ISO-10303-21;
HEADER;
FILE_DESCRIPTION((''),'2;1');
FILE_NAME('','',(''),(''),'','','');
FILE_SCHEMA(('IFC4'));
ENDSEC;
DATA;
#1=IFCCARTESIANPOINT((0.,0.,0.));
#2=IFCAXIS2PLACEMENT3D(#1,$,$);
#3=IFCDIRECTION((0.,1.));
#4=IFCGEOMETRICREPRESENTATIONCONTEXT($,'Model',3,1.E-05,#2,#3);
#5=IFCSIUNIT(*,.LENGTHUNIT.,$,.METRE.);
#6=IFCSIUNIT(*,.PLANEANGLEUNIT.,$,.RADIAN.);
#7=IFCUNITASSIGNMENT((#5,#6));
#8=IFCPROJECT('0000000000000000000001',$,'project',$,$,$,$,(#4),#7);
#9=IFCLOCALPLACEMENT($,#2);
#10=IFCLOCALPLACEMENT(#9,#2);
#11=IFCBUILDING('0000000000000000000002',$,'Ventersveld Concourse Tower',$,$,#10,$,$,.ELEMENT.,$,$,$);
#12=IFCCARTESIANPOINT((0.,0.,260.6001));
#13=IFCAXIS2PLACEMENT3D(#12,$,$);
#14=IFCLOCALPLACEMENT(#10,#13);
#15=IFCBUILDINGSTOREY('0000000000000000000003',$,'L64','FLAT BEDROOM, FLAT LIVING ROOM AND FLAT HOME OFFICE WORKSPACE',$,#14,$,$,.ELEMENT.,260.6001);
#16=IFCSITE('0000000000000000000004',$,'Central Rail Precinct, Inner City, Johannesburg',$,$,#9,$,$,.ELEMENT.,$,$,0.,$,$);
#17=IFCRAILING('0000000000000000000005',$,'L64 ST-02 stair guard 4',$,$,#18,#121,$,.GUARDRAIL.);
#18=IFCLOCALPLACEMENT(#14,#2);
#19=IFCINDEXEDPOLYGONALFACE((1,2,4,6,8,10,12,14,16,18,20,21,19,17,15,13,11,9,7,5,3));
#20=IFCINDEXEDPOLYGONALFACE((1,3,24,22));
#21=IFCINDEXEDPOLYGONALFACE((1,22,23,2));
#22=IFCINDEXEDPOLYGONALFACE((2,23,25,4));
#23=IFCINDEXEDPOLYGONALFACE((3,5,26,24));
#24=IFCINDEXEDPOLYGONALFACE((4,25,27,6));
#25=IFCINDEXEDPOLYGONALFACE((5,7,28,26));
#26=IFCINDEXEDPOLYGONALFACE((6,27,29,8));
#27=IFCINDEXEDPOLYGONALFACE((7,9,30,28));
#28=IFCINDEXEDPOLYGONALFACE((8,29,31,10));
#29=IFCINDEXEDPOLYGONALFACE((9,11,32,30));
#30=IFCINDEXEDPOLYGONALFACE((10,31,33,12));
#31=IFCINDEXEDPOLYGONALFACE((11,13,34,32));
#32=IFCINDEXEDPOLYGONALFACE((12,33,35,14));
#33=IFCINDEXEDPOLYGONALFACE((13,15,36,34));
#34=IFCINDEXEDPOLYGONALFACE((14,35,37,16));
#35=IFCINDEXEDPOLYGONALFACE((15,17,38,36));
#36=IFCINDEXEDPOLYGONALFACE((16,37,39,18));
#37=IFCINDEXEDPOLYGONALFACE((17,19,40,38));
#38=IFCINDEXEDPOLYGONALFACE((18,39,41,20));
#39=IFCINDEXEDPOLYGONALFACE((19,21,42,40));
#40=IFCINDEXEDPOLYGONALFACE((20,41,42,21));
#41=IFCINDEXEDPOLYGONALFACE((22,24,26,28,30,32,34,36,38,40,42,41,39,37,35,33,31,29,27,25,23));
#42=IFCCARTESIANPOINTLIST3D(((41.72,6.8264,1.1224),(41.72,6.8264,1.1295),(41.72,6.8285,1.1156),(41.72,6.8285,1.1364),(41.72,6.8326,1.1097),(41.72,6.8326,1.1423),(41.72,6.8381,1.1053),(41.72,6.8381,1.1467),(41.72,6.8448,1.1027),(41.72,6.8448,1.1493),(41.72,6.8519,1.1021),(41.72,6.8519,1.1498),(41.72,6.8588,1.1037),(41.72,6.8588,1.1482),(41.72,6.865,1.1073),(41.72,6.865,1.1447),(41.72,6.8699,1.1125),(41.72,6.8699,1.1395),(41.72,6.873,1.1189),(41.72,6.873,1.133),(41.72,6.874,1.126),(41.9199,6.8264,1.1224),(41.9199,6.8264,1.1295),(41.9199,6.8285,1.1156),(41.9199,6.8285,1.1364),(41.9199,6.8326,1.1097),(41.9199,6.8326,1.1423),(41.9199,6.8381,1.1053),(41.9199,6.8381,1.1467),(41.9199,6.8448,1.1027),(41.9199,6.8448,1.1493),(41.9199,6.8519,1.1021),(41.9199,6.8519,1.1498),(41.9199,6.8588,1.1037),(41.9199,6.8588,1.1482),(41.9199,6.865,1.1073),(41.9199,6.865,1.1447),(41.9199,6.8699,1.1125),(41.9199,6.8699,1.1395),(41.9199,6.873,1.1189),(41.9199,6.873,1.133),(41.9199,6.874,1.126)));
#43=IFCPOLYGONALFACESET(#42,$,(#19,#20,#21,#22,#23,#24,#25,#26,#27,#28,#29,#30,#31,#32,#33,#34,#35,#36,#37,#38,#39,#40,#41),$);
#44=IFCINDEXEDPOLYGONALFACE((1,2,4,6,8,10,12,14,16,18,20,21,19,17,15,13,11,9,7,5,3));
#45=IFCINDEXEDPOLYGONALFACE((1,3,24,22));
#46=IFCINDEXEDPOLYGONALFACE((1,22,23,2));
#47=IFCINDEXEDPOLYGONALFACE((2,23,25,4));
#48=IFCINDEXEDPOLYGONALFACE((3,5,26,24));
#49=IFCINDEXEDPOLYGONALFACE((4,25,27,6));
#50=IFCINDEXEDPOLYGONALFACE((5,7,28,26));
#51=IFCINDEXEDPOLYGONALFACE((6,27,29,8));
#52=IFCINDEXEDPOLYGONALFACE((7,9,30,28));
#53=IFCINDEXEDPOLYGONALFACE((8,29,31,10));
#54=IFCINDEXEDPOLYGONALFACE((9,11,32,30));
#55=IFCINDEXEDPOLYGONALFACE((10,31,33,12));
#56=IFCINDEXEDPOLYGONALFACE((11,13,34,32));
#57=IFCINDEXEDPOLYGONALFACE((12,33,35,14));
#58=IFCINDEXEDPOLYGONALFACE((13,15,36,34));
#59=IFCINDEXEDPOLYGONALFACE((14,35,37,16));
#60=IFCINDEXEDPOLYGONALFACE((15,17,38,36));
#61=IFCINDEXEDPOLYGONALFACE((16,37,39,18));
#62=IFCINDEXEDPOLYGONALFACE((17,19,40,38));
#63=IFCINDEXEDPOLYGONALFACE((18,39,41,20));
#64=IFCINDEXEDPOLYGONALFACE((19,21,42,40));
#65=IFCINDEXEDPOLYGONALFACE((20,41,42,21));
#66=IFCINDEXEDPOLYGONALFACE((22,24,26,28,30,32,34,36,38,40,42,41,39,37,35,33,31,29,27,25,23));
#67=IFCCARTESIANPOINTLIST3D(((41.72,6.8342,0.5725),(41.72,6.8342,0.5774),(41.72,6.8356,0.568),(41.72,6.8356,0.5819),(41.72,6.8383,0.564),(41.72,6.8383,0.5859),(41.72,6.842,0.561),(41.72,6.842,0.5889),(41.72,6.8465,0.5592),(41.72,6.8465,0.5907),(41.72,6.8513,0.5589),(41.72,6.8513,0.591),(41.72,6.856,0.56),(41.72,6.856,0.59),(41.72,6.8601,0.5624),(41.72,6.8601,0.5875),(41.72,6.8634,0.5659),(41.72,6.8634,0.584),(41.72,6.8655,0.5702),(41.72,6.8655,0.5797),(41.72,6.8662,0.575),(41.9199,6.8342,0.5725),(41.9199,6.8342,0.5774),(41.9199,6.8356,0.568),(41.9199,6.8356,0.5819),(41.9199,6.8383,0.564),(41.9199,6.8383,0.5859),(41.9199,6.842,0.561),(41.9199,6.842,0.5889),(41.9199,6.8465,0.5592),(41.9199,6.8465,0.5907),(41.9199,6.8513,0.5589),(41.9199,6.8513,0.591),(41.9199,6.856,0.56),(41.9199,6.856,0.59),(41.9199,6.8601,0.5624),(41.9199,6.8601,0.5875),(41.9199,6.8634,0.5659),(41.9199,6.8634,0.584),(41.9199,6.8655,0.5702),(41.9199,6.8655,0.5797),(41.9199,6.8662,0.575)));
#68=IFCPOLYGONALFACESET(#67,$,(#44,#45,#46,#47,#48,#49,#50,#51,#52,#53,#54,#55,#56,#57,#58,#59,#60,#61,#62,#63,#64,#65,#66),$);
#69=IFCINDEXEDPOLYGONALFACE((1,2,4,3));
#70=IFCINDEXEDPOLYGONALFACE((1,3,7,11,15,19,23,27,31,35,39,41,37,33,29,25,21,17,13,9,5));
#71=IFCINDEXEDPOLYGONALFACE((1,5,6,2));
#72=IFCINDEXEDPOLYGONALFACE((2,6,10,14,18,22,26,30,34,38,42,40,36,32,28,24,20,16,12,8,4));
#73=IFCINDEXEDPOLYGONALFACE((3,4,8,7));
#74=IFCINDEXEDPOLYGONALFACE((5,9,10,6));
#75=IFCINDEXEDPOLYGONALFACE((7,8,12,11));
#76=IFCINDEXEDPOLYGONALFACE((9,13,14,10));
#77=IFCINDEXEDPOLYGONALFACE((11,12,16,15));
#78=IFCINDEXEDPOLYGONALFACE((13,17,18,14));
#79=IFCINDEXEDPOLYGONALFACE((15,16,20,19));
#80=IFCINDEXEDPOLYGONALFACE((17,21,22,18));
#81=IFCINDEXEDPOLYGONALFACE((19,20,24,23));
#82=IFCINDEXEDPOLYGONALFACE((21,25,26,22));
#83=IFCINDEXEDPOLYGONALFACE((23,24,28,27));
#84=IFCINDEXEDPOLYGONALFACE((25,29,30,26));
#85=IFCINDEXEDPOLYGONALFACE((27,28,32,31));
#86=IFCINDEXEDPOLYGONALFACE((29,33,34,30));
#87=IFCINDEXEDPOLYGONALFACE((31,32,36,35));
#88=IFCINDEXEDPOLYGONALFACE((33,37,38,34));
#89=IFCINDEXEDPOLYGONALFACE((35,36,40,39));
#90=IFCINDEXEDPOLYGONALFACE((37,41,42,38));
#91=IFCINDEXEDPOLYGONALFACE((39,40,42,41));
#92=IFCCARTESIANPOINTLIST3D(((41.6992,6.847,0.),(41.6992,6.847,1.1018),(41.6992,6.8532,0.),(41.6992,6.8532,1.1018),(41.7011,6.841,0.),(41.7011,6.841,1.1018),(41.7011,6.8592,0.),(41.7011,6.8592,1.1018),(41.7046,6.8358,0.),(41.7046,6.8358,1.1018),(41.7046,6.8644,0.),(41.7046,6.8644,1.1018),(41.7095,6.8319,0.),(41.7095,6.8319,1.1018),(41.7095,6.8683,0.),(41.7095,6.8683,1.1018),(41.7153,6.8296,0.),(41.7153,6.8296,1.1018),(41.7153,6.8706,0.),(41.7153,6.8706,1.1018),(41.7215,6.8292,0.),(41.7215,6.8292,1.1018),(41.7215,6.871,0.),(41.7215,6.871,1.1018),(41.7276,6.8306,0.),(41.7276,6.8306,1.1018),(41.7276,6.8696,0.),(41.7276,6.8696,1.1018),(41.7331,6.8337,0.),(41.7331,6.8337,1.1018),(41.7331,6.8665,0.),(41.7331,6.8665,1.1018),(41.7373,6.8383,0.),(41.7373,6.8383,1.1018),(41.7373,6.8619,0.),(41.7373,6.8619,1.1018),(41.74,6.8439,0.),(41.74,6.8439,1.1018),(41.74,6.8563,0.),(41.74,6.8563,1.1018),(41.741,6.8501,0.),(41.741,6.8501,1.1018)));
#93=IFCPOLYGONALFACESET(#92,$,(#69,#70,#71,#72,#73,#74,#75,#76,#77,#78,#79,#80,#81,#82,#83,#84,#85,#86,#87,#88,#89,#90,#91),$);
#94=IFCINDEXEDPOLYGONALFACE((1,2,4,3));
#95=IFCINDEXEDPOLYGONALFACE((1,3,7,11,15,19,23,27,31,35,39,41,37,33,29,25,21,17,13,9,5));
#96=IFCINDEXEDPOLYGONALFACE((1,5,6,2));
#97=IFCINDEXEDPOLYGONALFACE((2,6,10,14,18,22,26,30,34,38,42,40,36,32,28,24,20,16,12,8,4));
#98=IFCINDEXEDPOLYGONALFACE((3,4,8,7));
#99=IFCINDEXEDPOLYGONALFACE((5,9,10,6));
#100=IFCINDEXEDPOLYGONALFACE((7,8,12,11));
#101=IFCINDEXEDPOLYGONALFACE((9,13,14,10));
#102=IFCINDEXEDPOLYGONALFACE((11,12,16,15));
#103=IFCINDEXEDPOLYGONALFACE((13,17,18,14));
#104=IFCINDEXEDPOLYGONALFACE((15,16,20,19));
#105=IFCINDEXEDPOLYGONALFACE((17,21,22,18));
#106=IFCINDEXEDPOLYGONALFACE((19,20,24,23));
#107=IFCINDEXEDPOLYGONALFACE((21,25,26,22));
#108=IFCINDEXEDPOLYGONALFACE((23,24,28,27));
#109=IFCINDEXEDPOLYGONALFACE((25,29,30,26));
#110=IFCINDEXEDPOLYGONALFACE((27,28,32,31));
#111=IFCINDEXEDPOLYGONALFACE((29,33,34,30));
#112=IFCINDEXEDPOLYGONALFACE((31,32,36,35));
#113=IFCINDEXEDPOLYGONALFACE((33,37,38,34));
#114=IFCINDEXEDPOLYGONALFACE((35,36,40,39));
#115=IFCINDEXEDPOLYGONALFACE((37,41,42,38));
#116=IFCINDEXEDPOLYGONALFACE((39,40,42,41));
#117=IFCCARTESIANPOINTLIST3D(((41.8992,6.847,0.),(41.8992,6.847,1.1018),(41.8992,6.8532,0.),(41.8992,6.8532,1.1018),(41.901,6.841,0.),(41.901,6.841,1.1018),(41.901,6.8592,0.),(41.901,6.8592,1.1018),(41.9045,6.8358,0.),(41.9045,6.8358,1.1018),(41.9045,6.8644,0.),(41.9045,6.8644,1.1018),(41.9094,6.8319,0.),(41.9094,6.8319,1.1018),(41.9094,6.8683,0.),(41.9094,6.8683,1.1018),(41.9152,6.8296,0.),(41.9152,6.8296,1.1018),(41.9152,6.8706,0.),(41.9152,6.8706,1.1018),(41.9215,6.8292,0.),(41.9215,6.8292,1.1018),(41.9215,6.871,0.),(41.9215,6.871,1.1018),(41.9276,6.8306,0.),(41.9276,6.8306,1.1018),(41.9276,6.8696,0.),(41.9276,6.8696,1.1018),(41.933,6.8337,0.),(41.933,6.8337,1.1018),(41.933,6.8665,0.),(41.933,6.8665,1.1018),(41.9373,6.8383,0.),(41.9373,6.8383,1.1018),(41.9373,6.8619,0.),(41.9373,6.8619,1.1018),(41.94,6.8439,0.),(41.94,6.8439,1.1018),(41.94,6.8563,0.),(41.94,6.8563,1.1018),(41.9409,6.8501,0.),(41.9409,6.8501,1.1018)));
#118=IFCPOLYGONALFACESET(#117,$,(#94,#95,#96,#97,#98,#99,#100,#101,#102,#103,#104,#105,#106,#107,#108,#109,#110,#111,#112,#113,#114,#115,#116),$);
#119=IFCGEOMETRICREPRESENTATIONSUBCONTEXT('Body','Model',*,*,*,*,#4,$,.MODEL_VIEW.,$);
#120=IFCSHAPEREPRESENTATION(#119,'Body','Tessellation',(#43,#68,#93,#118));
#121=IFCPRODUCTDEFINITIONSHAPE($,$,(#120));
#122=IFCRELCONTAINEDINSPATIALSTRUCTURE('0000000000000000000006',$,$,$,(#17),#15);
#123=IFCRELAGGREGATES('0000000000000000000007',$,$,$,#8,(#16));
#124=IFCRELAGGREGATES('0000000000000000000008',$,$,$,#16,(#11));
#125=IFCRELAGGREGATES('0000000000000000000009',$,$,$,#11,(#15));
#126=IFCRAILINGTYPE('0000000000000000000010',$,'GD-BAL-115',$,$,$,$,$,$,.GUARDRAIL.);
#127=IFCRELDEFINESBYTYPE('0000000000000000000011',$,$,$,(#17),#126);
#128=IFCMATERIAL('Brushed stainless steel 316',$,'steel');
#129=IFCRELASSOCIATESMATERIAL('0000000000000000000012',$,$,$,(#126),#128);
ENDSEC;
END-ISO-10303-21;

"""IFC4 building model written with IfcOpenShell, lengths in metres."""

from ifc_helpers import new_model, si_unit, direction, frame, origin, origin_2d, place, context, subcontext, project, spatial, circle, extrude, material, type_object, element, save


model = new_model("IFC4")

# Units and contexts
model_context = context("Model", 3, precision=1e-05, world=origin(), true_north=direction((0.0, 1.0)))
body_context = subcontext(model_context, "Body", "Model", "MODEL_VIEW")
ifc_project = project(units=[si_unit("LENGTHUNIT", "METRE"), si_unit("PLANEANGLEUNIT", "RADIAN")], contexts=[model_context])

# Site, building, storey
site_placement = place(None, origin())
site = spatial("IfcSite", under=ifc_project, at=site_placement, Name="Central Rail Precinct, Inner City, Johannesburg", CompositionType="ELEMENT", RefElevation=0.0)
building_placement = place(site_placement, origin())
building = spatial("IfcBuilding", under=site, at=building_placement, Name="Ventersveld Concourse Tower", CompositionType="ELEMENT")
storey_placement = place(building_placement, frame((0.0, 0.0, 260.6001)))
storey = spatial("IfcBuildingStorey", under=building, at=storey_placement, Name="L64", Description="FLAT BEDROOM, FLAT LIVING ROOM AND FLAT HOME OFFICE WORKSPACE", CompositionType="ELEMENT", Elevation=260.6001)

# Shared definitions
ifc_material_1 = material(Name="Brushed stainless steel 316", Category="steel")

# Railing
railing_type_1 = type_object("IfcRailingType", Name="GD-BAL-115", PredefinedType="GUARDRAIL", material=ifc_material_1)
railing_1_placement = place(storey_placement, frame((41.72, 6.8501, 0.0)))
element("IfcRailing", 1, at=railing_1_placement, inside=storey, type_object=railing_type_1, Name="L64 ST-02 stair guard 4", PredefinedType="GUARDRAIL", context=body_context, shape_type="SweptSolid", body=[
    extrude(circle(Radius=0.0239, at=origin_2d()), frame((0.0, 0.0, 1.126), z_axis=(1.0, 0.0, 0.0), x_axis=(0.0, 1.0, 0.0)), (0.0, 0.0, 1.0), 0.2),
    extrude(circle(Radius=0.0161, at=origin_2d()), frame((0.0, 0.0, 0.575), z_axis=(1.0, 0.0, 0.0), x_axis=(0.0, 1.0, 0.0)), (0.0, 0.0, 1.0), 0.2),
    extrude(circle(Radius=0.021, at=origin_2d()), origin(), (0.0, 0.0, 1.0), 1.1018),
    extrude(circle(Radius=0.021, at=origin_2d()), frame((0.2, 0.0, 0.0)), (0.0, 0.0, 1.0), 1.1018),
])

save(model, "model.ifc")
